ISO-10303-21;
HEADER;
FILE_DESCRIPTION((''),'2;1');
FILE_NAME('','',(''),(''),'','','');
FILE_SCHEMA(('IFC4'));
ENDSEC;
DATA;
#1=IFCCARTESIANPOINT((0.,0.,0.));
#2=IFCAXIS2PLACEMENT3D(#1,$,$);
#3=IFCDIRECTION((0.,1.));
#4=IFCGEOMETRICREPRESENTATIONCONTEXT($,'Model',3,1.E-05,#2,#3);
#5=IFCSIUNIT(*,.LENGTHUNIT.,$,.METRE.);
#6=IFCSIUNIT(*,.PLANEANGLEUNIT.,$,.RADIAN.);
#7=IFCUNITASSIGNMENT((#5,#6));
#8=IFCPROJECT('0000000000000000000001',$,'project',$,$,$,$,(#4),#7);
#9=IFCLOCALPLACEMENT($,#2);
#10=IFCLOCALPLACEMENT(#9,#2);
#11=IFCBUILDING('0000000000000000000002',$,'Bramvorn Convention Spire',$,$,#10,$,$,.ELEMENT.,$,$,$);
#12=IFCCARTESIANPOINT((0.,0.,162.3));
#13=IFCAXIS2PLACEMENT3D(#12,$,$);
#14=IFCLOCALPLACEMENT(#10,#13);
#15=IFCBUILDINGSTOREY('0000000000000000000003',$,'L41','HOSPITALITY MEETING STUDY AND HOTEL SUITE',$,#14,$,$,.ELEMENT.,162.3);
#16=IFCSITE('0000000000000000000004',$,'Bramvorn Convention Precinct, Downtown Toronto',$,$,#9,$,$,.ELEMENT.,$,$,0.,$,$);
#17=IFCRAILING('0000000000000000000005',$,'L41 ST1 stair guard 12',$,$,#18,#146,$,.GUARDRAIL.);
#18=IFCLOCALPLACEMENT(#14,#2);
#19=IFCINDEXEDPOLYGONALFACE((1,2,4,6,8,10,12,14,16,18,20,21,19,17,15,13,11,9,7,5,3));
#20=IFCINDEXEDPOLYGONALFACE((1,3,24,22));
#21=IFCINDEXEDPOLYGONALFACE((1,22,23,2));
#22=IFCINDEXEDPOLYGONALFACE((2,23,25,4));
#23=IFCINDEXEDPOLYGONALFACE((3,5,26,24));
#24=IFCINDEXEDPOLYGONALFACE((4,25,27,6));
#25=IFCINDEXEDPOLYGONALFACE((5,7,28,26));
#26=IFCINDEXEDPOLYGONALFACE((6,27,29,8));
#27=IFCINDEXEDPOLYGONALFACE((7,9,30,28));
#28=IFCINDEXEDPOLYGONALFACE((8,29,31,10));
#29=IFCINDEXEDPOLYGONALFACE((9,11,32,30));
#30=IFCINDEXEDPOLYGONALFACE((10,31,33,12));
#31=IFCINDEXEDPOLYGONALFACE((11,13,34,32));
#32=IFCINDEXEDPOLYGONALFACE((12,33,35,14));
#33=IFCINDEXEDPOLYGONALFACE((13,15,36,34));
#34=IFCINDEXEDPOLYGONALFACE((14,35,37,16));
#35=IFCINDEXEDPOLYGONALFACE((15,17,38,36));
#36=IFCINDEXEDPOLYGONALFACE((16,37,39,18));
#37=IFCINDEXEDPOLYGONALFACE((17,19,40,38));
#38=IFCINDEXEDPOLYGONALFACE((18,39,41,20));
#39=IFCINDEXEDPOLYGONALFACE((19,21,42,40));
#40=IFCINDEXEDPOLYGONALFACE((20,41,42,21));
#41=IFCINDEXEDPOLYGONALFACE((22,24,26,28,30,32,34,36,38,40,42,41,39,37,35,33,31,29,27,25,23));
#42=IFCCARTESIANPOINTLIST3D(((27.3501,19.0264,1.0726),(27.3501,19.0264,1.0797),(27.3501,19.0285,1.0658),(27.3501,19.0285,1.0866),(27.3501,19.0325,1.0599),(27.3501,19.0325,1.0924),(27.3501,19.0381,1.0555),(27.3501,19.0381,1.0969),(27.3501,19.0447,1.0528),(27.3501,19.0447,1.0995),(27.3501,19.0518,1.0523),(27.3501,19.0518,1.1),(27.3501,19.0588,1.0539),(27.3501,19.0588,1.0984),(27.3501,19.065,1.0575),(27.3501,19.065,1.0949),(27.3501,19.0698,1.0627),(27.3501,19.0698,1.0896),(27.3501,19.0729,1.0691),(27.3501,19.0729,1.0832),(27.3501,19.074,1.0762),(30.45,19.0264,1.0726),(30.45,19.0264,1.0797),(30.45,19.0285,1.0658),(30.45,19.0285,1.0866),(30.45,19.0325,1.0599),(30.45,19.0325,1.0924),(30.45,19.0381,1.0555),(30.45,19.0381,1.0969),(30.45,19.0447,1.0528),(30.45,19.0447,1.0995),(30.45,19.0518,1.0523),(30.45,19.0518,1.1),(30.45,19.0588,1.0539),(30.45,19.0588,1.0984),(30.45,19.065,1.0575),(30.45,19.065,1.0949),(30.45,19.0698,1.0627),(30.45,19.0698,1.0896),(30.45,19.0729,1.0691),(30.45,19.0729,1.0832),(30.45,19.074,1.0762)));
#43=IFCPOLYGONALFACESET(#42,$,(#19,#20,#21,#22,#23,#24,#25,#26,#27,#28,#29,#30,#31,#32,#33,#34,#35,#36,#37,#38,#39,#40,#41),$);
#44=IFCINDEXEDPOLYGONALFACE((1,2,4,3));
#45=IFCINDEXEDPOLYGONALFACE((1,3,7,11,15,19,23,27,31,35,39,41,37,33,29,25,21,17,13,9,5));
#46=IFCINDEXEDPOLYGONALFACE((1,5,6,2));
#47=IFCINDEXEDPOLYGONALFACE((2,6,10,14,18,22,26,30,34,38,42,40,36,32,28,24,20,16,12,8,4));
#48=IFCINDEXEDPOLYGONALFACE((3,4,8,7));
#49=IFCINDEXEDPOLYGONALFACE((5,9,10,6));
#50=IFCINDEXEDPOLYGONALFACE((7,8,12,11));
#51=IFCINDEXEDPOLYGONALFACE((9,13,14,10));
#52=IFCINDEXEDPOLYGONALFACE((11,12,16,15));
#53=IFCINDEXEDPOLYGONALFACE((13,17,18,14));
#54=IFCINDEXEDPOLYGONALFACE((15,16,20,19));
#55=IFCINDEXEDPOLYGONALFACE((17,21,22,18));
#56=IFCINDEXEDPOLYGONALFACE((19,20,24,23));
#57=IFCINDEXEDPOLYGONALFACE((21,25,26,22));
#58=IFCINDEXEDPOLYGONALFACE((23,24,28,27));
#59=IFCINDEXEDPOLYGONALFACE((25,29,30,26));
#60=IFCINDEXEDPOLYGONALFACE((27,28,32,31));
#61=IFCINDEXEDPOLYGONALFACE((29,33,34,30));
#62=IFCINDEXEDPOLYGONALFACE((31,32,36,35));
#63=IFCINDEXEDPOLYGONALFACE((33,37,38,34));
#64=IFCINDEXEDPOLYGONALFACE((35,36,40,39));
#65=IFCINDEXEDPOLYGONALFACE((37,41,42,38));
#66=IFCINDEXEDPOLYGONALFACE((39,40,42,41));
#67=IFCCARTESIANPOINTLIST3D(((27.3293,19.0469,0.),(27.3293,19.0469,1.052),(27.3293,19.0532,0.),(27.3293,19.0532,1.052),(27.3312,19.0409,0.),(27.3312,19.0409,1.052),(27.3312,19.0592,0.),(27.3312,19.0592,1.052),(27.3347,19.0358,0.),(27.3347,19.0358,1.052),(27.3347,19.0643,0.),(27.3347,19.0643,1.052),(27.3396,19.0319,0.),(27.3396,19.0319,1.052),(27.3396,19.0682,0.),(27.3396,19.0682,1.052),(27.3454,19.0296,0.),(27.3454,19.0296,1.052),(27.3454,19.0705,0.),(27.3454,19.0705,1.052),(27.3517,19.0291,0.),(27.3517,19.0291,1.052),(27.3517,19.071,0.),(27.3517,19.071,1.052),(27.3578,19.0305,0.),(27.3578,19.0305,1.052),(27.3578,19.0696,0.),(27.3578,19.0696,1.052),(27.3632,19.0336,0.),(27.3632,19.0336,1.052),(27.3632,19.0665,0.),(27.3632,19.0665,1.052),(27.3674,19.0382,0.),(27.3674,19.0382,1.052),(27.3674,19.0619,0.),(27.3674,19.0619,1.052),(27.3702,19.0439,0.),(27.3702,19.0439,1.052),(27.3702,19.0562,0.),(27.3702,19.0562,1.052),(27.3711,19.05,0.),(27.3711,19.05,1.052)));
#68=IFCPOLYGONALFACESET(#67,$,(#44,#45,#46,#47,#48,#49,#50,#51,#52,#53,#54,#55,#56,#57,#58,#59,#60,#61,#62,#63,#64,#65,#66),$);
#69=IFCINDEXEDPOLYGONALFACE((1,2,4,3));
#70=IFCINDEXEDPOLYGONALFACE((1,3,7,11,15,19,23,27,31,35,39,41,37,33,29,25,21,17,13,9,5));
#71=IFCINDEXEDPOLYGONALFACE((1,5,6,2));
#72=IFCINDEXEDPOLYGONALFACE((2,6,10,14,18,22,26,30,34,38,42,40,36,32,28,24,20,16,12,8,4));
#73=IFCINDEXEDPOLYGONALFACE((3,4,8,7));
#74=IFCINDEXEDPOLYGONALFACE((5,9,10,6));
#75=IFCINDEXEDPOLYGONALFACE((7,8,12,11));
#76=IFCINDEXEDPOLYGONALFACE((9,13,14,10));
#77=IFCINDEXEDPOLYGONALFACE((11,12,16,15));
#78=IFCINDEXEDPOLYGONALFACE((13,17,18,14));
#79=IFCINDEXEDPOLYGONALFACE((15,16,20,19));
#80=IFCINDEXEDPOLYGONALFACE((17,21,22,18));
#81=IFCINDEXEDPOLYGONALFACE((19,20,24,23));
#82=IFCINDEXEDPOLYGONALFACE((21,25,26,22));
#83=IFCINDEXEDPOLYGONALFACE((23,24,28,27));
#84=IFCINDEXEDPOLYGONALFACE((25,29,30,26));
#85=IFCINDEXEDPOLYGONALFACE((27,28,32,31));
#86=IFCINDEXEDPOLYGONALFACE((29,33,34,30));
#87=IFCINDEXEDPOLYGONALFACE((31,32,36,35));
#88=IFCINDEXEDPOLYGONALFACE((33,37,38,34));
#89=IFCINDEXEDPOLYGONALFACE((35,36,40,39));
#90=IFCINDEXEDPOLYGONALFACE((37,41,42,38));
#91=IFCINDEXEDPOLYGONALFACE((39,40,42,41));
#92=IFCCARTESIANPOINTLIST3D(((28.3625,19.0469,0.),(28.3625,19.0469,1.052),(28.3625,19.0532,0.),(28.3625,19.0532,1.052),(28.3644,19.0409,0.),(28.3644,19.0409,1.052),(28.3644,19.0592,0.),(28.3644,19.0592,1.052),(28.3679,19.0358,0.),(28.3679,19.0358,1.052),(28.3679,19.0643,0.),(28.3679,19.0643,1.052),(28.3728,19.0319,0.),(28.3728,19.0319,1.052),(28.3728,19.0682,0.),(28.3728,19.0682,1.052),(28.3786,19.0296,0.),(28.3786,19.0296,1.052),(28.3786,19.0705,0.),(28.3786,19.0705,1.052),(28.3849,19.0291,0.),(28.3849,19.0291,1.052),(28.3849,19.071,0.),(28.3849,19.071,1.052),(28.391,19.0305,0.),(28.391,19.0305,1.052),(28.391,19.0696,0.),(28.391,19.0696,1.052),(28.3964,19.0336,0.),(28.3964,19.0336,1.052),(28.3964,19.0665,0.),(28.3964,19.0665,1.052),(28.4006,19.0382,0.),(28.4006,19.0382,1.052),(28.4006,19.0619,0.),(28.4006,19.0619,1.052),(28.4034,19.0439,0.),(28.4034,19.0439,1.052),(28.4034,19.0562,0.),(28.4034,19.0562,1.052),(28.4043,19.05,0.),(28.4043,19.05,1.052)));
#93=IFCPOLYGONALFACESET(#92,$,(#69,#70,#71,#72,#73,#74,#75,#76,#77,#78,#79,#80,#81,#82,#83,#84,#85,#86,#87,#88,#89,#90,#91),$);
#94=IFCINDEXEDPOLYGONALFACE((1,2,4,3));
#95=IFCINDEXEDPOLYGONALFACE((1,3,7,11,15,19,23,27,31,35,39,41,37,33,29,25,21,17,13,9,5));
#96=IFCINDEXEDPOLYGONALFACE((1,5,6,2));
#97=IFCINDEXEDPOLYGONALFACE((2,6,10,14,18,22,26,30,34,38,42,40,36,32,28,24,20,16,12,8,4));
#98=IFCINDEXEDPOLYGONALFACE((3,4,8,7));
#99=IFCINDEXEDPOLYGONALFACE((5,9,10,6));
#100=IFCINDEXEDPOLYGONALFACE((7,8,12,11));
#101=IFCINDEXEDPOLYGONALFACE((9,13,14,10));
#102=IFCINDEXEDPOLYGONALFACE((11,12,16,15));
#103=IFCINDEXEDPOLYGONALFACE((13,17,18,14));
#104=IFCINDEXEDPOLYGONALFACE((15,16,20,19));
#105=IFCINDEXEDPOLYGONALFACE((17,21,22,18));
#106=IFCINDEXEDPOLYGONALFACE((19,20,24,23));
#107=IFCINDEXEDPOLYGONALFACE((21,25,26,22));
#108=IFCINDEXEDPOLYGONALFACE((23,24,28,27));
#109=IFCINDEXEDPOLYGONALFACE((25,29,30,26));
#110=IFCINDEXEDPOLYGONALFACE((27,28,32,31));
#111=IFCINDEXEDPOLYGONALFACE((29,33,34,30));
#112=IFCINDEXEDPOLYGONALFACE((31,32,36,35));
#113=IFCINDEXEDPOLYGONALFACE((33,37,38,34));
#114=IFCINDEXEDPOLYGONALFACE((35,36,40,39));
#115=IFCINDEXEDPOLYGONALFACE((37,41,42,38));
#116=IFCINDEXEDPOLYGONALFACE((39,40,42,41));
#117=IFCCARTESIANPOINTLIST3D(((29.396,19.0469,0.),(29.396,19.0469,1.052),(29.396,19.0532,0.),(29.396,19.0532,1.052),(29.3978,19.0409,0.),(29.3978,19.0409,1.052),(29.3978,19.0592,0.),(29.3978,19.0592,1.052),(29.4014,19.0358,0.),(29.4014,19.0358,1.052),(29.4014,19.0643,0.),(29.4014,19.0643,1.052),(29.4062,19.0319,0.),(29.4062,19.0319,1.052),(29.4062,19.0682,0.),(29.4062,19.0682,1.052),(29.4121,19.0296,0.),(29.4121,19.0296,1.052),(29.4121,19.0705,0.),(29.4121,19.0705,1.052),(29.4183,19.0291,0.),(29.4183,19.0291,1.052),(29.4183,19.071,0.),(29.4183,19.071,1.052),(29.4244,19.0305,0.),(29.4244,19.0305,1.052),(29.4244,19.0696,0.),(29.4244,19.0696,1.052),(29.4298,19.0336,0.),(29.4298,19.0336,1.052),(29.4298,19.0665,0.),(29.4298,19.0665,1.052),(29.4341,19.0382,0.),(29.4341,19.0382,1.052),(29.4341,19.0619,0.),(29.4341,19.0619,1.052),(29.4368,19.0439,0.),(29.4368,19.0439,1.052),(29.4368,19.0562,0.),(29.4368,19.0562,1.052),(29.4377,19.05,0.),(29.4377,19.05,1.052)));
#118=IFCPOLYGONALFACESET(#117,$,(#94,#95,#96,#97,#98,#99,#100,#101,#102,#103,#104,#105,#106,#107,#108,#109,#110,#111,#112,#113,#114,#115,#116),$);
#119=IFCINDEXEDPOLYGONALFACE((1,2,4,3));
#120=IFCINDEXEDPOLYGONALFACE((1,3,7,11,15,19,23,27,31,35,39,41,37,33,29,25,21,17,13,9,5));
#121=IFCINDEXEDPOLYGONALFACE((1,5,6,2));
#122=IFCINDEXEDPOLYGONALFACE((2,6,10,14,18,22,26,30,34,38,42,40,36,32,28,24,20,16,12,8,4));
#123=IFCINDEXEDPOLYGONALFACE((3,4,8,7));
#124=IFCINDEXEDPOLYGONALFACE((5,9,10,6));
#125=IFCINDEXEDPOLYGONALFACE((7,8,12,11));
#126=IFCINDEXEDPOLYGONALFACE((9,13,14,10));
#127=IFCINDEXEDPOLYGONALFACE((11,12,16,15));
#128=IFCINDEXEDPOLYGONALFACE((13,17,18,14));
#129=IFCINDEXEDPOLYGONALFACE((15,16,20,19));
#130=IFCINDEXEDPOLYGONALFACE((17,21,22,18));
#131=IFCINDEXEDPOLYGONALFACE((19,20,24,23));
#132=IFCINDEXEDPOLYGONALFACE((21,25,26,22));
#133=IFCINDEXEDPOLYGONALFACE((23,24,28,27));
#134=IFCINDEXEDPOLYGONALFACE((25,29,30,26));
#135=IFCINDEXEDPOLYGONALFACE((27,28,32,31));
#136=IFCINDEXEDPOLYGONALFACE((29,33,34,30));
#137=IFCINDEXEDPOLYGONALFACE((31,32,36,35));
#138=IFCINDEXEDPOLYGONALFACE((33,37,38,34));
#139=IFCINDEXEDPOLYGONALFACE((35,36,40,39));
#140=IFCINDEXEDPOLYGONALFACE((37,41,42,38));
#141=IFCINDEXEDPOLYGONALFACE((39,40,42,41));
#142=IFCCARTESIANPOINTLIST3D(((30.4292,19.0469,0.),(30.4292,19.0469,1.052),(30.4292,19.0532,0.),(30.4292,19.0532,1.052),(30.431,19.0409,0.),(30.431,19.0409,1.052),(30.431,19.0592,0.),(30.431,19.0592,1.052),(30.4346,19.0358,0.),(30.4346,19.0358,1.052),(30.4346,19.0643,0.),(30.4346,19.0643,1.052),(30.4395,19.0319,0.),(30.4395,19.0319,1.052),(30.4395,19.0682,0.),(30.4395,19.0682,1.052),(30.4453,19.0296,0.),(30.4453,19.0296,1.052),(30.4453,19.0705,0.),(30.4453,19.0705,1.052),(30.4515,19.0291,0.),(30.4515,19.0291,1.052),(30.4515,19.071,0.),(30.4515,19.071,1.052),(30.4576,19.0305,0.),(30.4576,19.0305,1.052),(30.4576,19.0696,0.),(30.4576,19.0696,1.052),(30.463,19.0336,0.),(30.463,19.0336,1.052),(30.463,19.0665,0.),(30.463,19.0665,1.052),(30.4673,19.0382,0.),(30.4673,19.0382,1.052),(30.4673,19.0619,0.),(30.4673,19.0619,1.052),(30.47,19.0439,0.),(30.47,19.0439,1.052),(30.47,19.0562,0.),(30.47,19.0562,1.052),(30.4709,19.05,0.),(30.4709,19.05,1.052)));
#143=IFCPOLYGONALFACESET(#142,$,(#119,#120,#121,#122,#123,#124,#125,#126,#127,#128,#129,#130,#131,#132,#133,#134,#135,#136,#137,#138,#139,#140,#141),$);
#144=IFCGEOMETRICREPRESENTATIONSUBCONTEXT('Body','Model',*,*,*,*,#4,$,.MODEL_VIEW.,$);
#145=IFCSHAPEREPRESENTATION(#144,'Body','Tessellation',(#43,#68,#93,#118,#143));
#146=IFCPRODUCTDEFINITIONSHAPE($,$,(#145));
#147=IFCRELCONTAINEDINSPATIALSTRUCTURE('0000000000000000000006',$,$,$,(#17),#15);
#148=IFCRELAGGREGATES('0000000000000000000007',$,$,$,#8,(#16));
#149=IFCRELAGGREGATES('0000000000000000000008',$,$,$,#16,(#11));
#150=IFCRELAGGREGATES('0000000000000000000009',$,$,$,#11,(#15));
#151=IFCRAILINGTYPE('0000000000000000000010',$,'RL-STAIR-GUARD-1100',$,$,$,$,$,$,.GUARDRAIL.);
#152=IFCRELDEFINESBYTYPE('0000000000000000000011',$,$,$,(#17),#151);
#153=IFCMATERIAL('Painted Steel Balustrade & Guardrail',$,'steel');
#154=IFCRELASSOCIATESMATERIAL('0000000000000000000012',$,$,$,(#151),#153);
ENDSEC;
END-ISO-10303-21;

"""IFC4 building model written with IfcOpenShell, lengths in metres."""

from ifc_helpers import new_model, si_unit, direction, frame, origin, origin_2d, place, context, subcontext, project, spatial, circle, extrude, material, type_object, element, save


model = new_model("IFC4")

# Units and contexts
model_context = context("Model", 3, precision=1e-05, world=origin(), true_north=direction((0.0, 1.0)))
body_context = subcontext(model_context, "Body", "Model", "MODEL_VIEW")
ifc_project = project(units=[si_unit("LENGTHUNIT", "METRE"), si_unit("PLANEANGLEUNIT", "RADIAN")], contexts=[model_context])

# Site, building, storey
site_placement = place(None, origin())
site = spatial("IfcSite", under=ifc_project, at=site_placement, Name="Bramvorn Convention Precinct, Downtown Toronto", CompositionType="ELEMENT", RefElevation=0.0)
building_placement = place(site_placement, origin())
building = spatial("IfcBuilding", under=site, at=building_placement, Name="Bramvorn Convention Spire", CompositionType="ELEMENT")
storey_placement = place(building_placement, frame((0.0, 0.0, 162.3)))
storey = spatial("IfcBuildingStorey", under=building, at=storey_placement, Name="L41", Description="HOSPITALITY MEETING STUDY AND HOTEL SUITE", CompositionType="ELEMENT", Elevation=162.3)

# Railing
ifc_material_1 = material(Name="Painted Steel Balustrade & Guardrail", Category="steel")
railing_type = type_object("IfcRailingType", Name="RL-STAIR-GUARD-1100", PredefinedType="GUARDRAIL", material=ifc_material_1)
railing_1_placement = place(storey_placement, frame((27.3501, 19.05, 0.0)))
element("IfcRailing", 1, at=railing_1_placement, inside=storey, type_object=railing_type, Name="L41 ST1 stair guard 12", PredefinedType="GUARDRAIL", context=body_context, shape_type="SweptSolid", body=[
    extrude(circle(Radius=0.0239, at=origin_2d()), frame((0.0, 0.0, 1.0762), z_axis=(1.0, 0.0, 0.0), x_axis=(0.0, 1.0, 0.0)), (0.0, 0.0, 1.0), 3.0999),
    extrude(circle(Radius=0.021, at=origin_2d()), origin(), (0.0, 0.0, 1.0), 1.052),
    extrude(circle(Radius=0.021, at=origin_2d()), frame((1.0332, 0.0, 0.0)), (0.0, 0.0, 1.0), 1.052),
    extrude(circle(Radius=0.021, at=origin_2d()), frame((2.0667, 0.0, 0.0)), (0.0, 0.0, 1.0), 1.052),
    extrude(circle(Radius=0.021, at=origin_2d()), frame((3.0999, 0.0, 0.0)), (0.0, 0.0, 1.0), 1.052),
])

save(model, "model.ifc")
